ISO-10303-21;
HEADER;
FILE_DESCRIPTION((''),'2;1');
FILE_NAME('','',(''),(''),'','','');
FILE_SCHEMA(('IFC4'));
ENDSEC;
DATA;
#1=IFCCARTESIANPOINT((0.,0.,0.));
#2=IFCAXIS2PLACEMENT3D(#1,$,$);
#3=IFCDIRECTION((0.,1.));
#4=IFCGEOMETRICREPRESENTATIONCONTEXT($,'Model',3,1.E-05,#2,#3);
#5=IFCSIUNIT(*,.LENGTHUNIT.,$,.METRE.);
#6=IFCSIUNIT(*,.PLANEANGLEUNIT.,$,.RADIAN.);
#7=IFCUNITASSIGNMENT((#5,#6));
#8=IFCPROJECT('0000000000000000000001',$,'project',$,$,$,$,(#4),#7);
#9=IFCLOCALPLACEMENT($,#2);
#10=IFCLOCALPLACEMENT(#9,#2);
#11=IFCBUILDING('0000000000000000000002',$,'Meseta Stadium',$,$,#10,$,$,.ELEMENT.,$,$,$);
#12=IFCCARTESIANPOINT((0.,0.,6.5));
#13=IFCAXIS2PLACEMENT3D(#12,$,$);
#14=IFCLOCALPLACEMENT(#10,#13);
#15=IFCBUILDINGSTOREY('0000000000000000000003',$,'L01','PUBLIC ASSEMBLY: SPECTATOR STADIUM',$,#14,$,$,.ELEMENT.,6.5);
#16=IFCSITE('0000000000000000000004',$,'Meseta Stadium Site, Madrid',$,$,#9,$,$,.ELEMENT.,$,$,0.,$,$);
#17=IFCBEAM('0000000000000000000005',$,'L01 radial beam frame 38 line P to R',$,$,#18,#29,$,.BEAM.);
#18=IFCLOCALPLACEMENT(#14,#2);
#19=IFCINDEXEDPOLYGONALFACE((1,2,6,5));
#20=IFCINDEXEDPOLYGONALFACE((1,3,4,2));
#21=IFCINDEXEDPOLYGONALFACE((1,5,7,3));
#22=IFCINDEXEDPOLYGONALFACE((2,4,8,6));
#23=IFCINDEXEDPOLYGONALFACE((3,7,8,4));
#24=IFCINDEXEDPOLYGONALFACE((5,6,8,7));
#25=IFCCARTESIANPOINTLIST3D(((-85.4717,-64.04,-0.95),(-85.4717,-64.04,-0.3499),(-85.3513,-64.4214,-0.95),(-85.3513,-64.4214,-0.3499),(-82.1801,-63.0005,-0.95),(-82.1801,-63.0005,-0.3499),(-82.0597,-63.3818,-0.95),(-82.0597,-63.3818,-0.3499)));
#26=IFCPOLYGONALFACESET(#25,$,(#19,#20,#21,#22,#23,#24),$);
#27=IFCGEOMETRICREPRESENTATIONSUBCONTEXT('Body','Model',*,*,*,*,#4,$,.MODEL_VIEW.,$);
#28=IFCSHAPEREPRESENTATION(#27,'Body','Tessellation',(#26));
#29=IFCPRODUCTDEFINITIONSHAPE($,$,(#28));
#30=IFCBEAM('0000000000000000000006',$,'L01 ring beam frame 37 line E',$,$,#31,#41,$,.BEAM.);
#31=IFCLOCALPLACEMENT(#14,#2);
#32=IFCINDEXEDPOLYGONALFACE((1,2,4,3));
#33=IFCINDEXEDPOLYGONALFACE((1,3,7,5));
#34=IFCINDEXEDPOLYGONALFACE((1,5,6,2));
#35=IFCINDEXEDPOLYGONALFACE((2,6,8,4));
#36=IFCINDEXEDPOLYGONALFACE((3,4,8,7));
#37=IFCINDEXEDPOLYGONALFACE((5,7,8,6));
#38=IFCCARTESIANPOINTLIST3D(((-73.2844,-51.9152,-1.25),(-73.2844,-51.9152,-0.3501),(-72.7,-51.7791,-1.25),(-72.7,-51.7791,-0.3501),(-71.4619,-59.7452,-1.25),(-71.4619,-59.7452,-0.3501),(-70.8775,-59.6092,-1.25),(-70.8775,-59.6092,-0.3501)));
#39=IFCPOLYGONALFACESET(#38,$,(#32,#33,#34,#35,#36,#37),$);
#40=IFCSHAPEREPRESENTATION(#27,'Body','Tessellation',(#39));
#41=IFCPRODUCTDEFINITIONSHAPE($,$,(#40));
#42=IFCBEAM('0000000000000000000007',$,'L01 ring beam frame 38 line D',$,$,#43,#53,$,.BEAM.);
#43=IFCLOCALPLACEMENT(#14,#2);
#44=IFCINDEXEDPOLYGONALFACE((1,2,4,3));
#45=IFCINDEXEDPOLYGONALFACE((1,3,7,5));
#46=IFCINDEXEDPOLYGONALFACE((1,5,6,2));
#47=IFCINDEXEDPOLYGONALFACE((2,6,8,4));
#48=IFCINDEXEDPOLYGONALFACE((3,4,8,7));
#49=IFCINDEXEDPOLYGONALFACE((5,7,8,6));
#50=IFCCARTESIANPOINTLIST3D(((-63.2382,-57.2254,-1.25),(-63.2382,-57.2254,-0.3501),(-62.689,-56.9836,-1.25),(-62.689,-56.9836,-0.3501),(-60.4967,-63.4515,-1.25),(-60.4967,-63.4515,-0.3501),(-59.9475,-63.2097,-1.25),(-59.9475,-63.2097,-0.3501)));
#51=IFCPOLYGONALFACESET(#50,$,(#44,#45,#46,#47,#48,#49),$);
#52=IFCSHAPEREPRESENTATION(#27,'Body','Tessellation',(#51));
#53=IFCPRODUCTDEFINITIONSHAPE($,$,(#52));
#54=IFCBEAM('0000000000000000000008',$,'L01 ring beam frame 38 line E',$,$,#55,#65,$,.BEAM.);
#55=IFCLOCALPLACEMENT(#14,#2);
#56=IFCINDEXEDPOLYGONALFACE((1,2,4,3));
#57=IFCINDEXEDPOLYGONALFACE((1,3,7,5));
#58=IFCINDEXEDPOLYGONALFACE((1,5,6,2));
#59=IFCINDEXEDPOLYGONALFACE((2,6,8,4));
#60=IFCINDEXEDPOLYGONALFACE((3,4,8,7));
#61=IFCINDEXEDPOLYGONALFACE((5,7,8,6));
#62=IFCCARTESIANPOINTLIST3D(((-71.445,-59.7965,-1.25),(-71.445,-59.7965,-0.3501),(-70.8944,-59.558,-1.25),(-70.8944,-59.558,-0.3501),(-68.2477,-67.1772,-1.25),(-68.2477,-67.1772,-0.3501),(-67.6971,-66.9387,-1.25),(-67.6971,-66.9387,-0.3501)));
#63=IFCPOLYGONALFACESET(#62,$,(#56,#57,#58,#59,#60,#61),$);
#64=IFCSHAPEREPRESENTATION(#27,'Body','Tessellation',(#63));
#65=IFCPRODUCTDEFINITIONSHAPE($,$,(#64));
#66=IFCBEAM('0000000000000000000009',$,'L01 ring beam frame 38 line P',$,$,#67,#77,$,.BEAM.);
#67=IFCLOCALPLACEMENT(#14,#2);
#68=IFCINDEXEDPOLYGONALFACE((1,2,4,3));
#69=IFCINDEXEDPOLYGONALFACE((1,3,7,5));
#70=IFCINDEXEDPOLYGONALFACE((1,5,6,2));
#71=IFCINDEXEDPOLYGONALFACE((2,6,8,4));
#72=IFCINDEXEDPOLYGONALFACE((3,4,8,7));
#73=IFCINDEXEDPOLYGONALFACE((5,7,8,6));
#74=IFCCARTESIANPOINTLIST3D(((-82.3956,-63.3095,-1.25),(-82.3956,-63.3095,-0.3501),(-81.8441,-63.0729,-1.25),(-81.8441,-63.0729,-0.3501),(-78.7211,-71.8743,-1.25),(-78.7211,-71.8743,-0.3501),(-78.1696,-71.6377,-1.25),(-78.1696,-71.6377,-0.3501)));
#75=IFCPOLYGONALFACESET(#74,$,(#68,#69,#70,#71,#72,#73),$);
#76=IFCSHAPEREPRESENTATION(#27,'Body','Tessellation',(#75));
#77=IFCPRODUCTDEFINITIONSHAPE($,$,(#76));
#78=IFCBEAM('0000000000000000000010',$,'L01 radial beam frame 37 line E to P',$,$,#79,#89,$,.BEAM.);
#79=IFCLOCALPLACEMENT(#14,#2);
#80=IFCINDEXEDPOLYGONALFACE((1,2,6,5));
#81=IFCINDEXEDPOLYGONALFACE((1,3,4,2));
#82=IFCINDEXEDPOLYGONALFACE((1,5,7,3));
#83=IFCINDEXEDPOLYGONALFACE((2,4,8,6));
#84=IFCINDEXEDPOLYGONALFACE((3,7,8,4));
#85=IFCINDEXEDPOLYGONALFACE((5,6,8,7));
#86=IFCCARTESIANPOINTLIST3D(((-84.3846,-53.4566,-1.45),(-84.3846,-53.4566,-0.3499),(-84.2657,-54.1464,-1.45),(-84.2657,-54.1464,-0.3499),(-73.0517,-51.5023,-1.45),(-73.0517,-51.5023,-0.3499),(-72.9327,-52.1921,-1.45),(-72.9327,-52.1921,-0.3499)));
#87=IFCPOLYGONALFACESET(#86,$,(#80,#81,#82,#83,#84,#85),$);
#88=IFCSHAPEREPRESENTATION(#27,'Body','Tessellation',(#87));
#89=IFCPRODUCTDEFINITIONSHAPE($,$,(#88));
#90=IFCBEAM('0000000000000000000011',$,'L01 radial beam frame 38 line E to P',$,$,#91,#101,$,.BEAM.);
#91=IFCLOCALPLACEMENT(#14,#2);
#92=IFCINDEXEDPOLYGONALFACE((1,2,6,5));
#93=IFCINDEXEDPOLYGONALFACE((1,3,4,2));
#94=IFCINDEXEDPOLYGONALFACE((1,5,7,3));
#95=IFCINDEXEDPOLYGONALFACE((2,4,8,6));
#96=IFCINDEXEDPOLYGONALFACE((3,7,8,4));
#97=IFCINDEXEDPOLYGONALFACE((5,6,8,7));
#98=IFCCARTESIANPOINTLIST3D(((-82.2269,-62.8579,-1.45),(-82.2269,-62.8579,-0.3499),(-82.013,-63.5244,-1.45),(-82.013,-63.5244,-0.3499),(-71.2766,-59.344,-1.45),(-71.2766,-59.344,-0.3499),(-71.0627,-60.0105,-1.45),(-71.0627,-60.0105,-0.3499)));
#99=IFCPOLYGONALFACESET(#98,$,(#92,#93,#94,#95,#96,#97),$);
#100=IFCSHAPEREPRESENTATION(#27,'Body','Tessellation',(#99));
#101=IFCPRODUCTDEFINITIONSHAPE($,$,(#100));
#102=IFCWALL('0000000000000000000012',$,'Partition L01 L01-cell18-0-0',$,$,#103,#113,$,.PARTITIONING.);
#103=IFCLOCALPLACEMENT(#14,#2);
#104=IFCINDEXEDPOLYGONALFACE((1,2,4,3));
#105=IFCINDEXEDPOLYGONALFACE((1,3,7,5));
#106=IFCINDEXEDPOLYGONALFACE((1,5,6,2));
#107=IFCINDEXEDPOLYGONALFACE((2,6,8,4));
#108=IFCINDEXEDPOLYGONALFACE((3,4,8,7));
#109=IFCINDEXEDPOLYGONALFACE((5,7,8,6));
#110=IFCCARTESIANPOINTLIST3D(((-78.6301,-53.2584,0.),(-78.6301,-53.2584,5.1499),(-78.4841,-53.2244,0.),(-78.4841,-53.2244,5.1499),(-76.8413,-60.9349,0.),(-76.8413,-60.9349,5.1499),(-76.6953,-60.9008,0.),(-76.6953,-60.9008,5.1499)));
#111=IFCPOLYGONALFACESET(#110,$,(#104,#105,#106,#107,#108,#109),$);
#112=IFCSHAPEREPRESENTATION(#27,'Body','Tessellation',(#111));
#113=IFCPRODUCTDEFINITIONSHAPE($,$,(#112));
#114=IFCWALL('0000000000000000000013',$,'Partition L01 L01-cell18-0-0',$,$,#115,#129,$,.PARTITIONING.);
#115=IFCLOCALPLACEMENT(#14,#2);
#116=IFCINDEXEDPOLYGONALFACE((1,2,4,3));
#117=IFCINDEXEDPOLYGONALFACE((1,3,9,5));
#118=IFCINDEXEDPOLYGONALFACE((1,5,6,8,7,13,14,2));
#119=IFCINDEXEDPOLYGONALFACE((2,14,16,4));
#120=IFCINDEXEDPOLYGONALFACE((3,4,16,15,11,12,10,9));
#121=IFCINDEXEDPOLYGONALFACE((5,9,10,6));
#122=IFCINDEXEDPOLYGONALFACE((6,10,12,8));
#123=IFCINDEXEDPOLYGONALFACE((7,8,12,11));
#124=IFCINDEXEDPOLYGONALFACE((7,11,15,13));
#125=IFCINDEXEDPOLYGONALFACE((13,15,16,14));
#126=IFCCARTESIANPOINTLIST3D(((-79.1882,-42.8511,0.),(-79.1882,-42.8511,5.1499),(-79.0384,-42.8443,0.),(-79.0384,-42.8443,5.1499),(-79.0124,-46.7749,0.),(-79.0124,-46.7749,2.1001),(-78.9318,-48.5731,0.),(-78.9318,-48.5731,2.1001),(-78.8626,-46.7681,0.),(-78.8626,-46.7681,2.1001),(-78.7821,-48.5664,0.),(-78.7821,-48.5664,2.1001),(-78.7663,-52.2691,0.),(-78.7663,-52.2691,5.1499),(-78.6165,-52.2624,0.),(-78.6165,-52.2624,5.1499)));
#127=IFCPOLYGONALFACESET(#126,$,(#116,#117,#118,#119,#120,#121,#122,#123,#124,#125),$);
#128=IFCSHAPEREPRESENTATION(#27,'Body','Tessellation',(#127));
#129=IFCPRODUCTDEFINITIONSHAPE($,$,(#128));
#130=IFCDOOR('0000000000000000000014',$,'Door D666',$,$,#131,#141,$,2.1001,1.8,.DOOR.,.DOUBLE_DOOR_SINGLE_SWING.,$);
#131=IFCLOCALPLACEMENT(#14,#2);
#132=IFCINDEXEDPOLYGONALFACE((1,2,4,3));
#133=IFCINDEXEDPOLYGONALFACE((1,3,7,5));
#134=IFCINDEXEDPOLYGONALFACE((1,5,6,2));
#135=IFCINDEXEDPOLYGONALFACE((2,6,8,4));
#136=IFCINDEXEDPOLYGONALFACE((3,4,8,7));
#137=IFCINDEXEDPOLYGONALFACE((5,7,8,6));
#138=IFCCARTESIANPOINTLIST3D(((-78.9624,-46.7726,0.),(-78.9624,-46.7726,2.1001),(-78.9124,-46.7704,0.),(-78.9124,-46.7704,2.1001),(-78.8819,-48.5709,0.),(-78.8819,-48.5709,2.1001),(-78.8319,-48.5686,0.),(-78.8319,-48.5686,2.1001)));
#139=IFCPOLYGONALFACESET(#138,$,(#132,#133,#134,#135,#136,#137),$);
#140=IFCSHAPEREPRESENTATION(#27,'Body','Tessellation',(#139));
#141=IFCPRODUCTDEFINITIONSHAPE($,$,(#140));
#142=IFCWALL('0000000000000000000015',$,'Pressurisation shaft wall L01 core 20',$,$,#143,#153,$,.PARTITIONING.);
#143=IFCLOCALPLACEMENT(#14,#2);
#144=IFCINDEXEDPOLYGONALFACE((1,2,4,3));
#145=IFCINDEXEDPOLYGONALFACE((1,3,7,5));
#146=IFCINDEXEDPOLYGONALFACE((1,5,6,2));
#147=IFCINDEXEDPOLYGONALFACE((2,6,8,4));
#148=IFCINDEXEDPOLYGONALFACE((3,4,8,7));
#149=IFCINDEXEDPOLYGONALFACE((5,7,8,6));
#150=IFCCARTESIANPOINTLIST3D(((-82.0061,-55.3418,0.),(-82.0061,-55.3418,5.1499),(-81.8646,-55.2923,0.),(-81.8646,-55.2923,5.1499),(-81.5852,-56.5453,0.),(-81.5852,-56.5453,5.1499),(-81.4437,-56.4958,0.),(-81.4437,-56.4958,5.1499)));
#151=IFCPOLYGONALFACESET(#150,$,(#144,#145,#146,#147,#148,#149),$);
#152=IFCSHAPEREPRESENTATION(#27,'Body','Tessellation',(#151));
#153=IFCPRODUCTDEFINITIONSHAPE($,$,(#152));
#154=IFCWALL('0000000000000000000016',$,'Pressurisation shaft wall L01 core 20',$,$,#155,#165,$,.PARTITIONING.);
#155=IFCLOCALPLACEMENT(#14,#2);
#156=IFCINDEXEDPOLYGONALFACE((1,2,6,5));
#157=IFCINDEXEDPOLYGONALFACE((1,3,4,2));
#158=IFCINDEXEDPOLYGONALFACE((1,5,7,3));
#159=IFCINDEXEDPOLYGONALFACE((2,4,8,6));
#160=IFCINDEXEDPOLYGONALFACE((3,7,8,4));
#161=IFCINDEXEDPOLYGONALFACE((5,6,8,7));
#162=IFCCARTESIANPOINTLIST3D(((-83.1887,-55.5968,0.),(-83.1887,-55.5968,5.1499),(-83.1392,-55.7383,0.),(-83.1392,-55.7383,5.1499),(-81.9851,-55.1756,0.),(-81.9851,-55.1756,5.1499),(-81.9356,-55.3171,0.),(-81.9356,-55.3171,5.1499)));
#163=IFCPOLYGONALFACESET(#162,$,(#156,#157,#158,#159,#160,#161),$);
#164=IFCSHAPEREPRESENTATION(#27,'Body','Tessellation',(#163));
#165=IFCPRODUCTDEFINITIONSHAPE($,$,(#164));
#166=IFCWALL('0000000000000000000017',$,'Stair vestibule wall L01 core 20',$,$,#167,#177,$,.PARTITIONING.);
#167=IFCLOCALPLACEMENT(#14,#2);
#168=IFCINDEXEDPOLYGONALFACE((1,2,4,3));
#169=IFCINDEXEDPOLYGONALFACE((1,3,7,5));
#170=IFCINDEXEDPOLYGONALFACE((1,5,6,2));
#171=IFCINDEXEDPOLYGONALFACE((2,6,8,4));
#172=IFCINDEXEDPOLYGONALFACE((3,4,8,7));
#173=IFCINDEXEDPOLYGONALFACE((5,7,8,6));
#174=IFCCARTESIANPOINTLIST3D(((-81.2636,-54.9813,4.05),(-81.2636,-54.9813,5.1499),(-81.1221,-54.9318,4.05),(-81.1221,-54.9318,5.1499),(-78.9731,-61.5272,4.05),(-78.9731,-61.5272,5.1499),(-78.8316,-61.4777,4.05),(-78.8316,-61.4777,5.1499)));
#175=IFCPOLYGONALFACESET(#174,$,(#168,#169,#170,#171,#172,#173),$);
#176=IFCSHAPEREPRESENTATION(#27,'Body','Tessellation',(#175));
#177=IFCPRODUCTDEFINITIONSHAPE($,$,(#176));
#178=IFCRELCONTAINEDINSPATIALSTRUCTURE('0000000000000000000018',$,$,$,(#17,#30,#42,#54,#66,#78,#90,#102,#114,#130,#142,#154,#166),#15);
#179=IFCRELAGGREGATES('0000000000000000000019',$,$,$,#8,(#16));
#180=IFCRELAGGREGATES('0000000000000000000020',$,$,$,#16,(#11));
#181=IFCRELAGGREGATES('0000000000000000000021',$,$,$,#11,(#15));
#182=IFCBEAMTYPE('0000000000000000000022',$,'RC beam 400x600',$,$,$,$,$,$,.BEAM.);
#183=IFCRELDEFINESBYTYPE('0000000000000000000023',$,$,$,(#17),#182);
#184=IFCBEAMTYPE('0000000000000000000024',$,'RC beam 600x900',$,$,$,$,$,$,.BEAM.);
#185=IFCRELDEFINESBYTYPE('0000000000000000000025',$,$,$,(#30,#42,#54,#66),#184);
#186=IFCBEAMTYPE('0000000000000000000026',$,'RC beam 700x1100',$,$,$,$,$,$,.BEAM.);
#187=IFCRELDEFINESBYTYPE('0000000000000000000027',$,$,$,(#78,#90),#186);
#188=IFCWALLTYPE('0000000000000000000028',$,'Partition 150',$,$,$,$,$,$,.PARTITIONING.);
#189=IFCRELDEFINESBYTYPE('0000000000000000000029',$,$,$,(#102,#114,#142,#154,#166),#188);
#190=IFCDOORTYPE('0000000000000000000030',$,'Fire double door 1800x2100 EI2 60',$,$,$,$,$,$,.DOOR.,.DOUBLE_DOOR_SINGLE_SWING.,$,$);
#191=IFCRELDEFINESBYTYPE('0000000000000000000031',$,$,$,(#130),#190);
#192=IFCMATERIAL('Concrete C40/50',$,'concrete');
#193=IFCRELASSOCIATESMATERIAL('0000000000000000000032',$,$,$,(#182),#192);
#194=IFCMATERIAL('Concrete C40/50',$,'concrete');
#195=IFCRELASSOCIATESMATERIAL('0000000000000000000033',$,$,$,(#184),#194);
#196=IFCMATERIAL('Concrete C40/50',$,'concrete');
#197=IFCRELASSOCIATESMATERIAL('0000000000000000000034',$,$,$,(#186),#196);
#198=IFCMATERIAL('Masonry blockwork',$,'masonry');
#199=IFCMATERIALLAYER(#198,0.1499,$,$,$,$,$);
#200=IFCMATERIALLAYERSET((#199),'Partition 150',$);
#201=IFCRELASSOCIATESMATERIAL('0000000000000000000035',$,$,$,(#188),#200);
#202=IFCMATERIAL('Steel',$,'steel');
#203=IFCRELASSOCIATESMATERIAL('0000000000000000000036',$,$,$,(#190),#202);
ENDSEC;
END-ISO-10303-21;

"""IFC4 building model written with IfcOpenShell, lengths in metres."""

from ifc_helpers import new_model, si_unit, direction, frame, frame_2d, origin, origin_2d, place, context, subcontext, project, spatial, rectangle, extrude, material, layer, layer_set, material_profile, profile_set, type_object, element, fill, save


model = new_model("IFC4")

# Units and contexts
model_context = context("Model", 3, precision=1e-05, world=origin(), true_north=direction((0.0, 1.0)))
body_context = subcontext(model_context, "Body", "Model", "MODEL_VIEW")
ifc_project = project(units=[si_unit("LENGTHUNIT", "METRE"), si_unit("PLANEANGLEUNIT", "RADIAN")], contexts=[model_context])

# Site, building, storey
site_placement = place(None, origin())
site = spatial("IfcSite", under=ifc_project, at=site_placement, Name="Meseta Stadium Site, Madrid", CompositionType="ELEMENT", RefElevation=0.0)
building_placement = place(site_placement, origin())
building = spatial("IfcBuilding", under=site, at=building_placement, Name="Meseta Stadium", CompositionType="ELEMENT")
storey_placement = place(building_placement, frame((0.0, 0.0, 6.5)))
storey = spatial("IfcBuildingStorey", under=building, at=storey_placement, Name="L01", Description="PUBLIC ASSEMBLY: SPECTATOR STADIUM", CompositionType="ELEMENT", Elevation=6.5)

# Beams
ifc_material_1 = material(Name="Concrete C40/50", Category="concrete")
ifc_material_profile_1 = material_profile(ifc_material_1, rectangle(XDim=0.3999, YDim=0.6001, at=origin_2d()), Name="RC 400x600")
ifc_profile_set_1 = profile_set([ifc_material_profile_1], Name="Concrete C40/50")
beam_type_1 = type_object("IfcBeamType", Name="RC beam 400x600", PredefinedType="BEAM", material=ifc_profile_set_1)
beam_1_placement = place(storey_placement, frame((-82.1199, -63.1912, -0.6499), z_axis=(-0.953578, -0.301145, 0.0), x_axis=(0.301145, -0.953578, 0.0)))
element("IfcBeam", 1, at=beam_1_placement, inside=storey, type_object=beam_type_1, Name="L01 radial beam frame 38 line P to R", PredefinedType="BEAM", context=body_context, shape_type="SweptSolid", body=[
    extrude(rectangle(XDim=0.3999, YDim=0.6001, at=origin_2d()), origin(), (0.0, 0.0, 1.0), 3.4519),
])
ifc_material_2 = material(Name="Concrete C40/50", Category="concrete")
ifc_material_profile_2 = material_profile(ifc_material_2, rectangle(XDim=0.6001, YDim=0.8999, at=origin_2d()), Name="RC 600x900")
ifc_profile_set_2 = profile_set([ifc_material_profile_2], Name="Concrete C40/50")
beam_type_2 = type_object("IfcBeamType", Name="RC beam 600x900", PredefinedType="BEAM", material=ifc_profile_set_2)
beam_2_placement = place(storey_placement, frame((-72.9922, -51.8472, -0.8), z_axis=(0.226698, -0.973965, 0.0), x_axis=(0.973965, 0.226698, 0.0)))
element("IfcBeam", 2, at=beam_2_placement, inside=storey, type_object=beam_type_2, Name="L01 ring beam frame 37 line E", PredefinedType="BEAM", context=body_context, shape_type="SweptSolid", body=[
    extrude(rectangle(XDim=0.6001, YDim=0.8999, at=origin_2d()), origin(), (0.0, 0.0, 1.0), 8.0393),
])
beam_3_placement = place(storey_placement, frame((-62.9636, -57.1045, -0.8), z_axis=(0.402983, -0.915208, 0.0), x_axis=(0.915208, 0.402983, 0.0)))
element("IfcBeam", 3, at=beam_3_placement, inside=storey, type_object=beam_type_2, Name="L01 ring beam frame 38 line D", PredefinedType="BEAM", context=body_context, shape_type="SweptSolid", body=[
    extrude(rectangle(XDim=0.6001, YDim=0.8999, at=origin_2d()), origin(), (0.0, 0.0, 1.0), 6.803),
])
beam_4_placement = place(storey_placement, frame((-71.1697, -59.6772, -0.8), z_axis=(0.397503, -0.917601, 0.0), x_axis=(0.917601, 0.397503, 0.0)))
element("IfcBeam", 4, at=beam_4_placement, inside=storey, type_object=beam_type_2, Name="L01 ring beam frame 38 line E", PredefinedType="BEAM", context=body_context, shape_type="SweptSolid", body=[
    extrude(rectangle(XDim=0.6001, YDim=0.8999, at=origin_2d()), origin(), (0.0, 0.0, 1.0), 8.0435),
])
beam_5_placement = place(storey_placement, frame((-82.1199, -63.1912, -0.8), z_axis=(0.39427, -0.918995, 0.0), x_axis=(0.918995, 0.39427, 0.0)))
element("IfcBeam", 5, at=beam_5_placement, inside=storey, type_object=beam_type_2, Name="L01 ring beam frame 38 line P", PredefinedType="BEAM", context=body_context, shape_type="SweptSolid", body=[
    extrude(rectangle(XDim=0.6001, YDim=0.8999, at=origin_2d()), origin(), (0.0, 0.0, 1.0), 9.3198),
])
ifc_material_3 = material(Name="Concrete C40/50", Category="concrete")
ifc_material_profile_3 = material_profile(ifc_material_3, rectangle(XDim=0.7, YDim=1.1001, at=origin_2d()), Name="RC 700x1100")
ifc_profile_set_3 = profile_set([ifc_material_profile_3], Name="Concrete C40/50")
beam_type_3 = type_object("IfcBeamType", Name="RC beam 700x1100", PredefinedType="BEAM", material=ifc_profile_set_3)
for number, where, z_axis, x_axis, name in (
    (6, (-72.9922, -51.8472, -0.8999), (-0.985455, -0.169939, 0.0), (0.169939, -0.985455, 0.0), "L01 radial beam frame 37 line E to P"),
    (7, (-71.1697, -59.6772, -0.8999), (-0.952175, -0.305553, 0.0), (0.305553, -0.952175, 0.0), "L01 radial beam frame 38 line E to P"),
):
    element("IfcBeam", number, at=place(storey_placement, frame(where, z_axis=z_axis, x_axis=x_axis)), inside=storey, type_object=beam_type_3, Name=name, PredefinedType="BEAM", context=body_context, shape_type="SweptSolid", body=[
        extrude(rectangle(XDim=0.7, YDim=1.1001, at=origin_2d()), origin(), (0.0, 0.0, 1.0), 11.5002),
    ])

# Wall
ifc_material_4 = material(Name="Masonry blockwork", Category="masonry")
ifc_layer = layer(ifc_material_4, 0.1499)
ifc_layer_set = layer_set([ifc_layer], Name="Partition 150")
wall_type = type_object("IfcWallType", Name="Partition 150", PredefinedType="PARTITIONING", material=ifc_layer_set)
wall_1_placement = place(storey_placement, frame((-76.7683, -60.9177, 0.0), z_axis=(0.0, 0.0, 1.0), x_axis=(-0.226945, 0.973908, 0.0)))
element("IfcWall", 8, at=wall_1_placement, inside=storey, type_object=wall_type, Name="Partition L01 L01-cell18-0-0", PredefinedType="PARTITIONING", context=body_context, shape_type="SweptSolid", body=[
    extrude(rectangle(XDim=7.8821, YDim=0.1499, at=frame_2d((3.9409, 0.0))), origin(), (0.0, 0.0, 1.0), 5.1499),
])

# Wall, opening, door
wall_2_placement = place(storey_placement, frame((-78.6914, -52.2659, 0.0), z_axis=(0.0, 0.0, 1.0), x_axis=(-0.04475, 0.998998, 0.0)))
wall_2 = element("IfcWall", 9, at=wall_2_placement, inside=storey, type_object=wall_type, Name="Partition L01 L01-cell18-0-0", PredefinedType="PARTITIONING", context=body_context, shape_type="SweptSolid", body=[
    extrude(rectangle(XDim=9.4275, YDim=0.1499, at=frame_2d((4.7139, 0.0))), origin(), (0.0, 0.0, 1.0), 5.1499),
])
opening_placement = place(wall_2_placement, frame((3.7, 0.0, 0.0)))
opening = element("IfcOpeningElement", 10, at=opening_placement, cuts=wall_2, PredefinedType="OPENING", context=body_context, shape_type="SweptSolid", body=[
    extrude(rectangle(XDim=1.8, YDim=2.1001, at=frame_2d((0.8999, 1.05))), frame((0.0, 0.085, 0.0), z_axis=(0.0, -1.0, 0.0), x_axis=(1.0, 0.0, 0.0)), (0.0, 0.0, 1.0), 0.1699),
])
ifc_material_5 = material(Name="Steel", Category="steel")
door_type = type_object("IfcDoorType", Name="Fire double door 1800x2100 EI2 60", OperationType="DOUBLE_DOOR_SINGLE_SWING", PredefinedType="DOOR", material=ifc_material_5)
door_placement = place(opening_placement, origin())
door = element("IfcDoor", 11, at=door_placement, inside=storey, type_object=door_type, Name="Door D666", OperationType="DOUBLE_DOOR_SINGLE_SWING", OverallHeight=2.1001, OverallWidth=1.8, PredefinedType="DOOR", context=body_context, shape_type="SweptSolid", body=[
    extrude(rectangle(XDim=1.8, YDim=2.1001, at=frame_2d((0.8999, 1.05))), frame((0.0, 0.0249, 0.0), z_axis=(0.0, -1.0, 0.0), x_axis=(1.0, 0.0, 0.0)), (0.0, 0.0, 1.0), 0.05),
])
fill(opening, door)

# Walls
wall_3_placement = place(storey_placement, frame((-81.5144, -56.5205, 0.0), z_axis=(0.0, 0.0, 1.0), x_axis=(-0.330154, 0.943927, 0.0)))
element("IfcWall", 12, at=wall_3_placement, inside=storey, type_object=wall_type, Name="Pressurisation shaft wall L01 core 20", PredefinedType="PARTITIONING", context=body_context, shape_type="SweptSolid", body=[
    extrude(rectangle(XDim=1.2749, YDim=0.1499, at=frame_2d((0.6375, 0.0))), origin(), (0.0, 0.0, 1.0), 5.1499),
])
wall_4_placement = place(storey_placement, frame((-81.9602, -55.2463, 0.0), z_axis=(0.0, 0.0, 1.0), x_axis=(-0.943888, -0.330265, 0.0)))
element("IfcWall", 13, at=wall_4_placement, inside=storey, type_object=wall_type, Name="Pressurisation shaft wall L01 core 20", PredefinedType="PARTITIONING", context=body_context, shape_type="SweptSolid", body=[
    extrude(rectangle(XDim=1.2751, YDim=0.1499, at=frame_2d((0.6377, 0.0))), origin(), (0.0, 0.0, 1.0), 5.1499),
])
wall_5_placement = place(storey_placement, frame((-78.9023, -61.5024, 4.05), z_axis=(0.0, 0.0, 1.0), x_axis=(-0.330281, 0.943883, 0.0)))
element("IfcWall", 14, at=wall_5_placement, inside=storey, type_object=wall_type, Name="Stair vestibule wall L01 core 20", PredefinedType="PARTITIONING", context=body_context, shape_type="SweptSolid", body=[
    extrude(rectangle(XDim=6.9351, YDim=0.1499, at=frame_2d((3.4675, 0.0))), origin(), (0.0, 0.0, 1.0), 1.0999),
])

save(model, "model.ifc")
